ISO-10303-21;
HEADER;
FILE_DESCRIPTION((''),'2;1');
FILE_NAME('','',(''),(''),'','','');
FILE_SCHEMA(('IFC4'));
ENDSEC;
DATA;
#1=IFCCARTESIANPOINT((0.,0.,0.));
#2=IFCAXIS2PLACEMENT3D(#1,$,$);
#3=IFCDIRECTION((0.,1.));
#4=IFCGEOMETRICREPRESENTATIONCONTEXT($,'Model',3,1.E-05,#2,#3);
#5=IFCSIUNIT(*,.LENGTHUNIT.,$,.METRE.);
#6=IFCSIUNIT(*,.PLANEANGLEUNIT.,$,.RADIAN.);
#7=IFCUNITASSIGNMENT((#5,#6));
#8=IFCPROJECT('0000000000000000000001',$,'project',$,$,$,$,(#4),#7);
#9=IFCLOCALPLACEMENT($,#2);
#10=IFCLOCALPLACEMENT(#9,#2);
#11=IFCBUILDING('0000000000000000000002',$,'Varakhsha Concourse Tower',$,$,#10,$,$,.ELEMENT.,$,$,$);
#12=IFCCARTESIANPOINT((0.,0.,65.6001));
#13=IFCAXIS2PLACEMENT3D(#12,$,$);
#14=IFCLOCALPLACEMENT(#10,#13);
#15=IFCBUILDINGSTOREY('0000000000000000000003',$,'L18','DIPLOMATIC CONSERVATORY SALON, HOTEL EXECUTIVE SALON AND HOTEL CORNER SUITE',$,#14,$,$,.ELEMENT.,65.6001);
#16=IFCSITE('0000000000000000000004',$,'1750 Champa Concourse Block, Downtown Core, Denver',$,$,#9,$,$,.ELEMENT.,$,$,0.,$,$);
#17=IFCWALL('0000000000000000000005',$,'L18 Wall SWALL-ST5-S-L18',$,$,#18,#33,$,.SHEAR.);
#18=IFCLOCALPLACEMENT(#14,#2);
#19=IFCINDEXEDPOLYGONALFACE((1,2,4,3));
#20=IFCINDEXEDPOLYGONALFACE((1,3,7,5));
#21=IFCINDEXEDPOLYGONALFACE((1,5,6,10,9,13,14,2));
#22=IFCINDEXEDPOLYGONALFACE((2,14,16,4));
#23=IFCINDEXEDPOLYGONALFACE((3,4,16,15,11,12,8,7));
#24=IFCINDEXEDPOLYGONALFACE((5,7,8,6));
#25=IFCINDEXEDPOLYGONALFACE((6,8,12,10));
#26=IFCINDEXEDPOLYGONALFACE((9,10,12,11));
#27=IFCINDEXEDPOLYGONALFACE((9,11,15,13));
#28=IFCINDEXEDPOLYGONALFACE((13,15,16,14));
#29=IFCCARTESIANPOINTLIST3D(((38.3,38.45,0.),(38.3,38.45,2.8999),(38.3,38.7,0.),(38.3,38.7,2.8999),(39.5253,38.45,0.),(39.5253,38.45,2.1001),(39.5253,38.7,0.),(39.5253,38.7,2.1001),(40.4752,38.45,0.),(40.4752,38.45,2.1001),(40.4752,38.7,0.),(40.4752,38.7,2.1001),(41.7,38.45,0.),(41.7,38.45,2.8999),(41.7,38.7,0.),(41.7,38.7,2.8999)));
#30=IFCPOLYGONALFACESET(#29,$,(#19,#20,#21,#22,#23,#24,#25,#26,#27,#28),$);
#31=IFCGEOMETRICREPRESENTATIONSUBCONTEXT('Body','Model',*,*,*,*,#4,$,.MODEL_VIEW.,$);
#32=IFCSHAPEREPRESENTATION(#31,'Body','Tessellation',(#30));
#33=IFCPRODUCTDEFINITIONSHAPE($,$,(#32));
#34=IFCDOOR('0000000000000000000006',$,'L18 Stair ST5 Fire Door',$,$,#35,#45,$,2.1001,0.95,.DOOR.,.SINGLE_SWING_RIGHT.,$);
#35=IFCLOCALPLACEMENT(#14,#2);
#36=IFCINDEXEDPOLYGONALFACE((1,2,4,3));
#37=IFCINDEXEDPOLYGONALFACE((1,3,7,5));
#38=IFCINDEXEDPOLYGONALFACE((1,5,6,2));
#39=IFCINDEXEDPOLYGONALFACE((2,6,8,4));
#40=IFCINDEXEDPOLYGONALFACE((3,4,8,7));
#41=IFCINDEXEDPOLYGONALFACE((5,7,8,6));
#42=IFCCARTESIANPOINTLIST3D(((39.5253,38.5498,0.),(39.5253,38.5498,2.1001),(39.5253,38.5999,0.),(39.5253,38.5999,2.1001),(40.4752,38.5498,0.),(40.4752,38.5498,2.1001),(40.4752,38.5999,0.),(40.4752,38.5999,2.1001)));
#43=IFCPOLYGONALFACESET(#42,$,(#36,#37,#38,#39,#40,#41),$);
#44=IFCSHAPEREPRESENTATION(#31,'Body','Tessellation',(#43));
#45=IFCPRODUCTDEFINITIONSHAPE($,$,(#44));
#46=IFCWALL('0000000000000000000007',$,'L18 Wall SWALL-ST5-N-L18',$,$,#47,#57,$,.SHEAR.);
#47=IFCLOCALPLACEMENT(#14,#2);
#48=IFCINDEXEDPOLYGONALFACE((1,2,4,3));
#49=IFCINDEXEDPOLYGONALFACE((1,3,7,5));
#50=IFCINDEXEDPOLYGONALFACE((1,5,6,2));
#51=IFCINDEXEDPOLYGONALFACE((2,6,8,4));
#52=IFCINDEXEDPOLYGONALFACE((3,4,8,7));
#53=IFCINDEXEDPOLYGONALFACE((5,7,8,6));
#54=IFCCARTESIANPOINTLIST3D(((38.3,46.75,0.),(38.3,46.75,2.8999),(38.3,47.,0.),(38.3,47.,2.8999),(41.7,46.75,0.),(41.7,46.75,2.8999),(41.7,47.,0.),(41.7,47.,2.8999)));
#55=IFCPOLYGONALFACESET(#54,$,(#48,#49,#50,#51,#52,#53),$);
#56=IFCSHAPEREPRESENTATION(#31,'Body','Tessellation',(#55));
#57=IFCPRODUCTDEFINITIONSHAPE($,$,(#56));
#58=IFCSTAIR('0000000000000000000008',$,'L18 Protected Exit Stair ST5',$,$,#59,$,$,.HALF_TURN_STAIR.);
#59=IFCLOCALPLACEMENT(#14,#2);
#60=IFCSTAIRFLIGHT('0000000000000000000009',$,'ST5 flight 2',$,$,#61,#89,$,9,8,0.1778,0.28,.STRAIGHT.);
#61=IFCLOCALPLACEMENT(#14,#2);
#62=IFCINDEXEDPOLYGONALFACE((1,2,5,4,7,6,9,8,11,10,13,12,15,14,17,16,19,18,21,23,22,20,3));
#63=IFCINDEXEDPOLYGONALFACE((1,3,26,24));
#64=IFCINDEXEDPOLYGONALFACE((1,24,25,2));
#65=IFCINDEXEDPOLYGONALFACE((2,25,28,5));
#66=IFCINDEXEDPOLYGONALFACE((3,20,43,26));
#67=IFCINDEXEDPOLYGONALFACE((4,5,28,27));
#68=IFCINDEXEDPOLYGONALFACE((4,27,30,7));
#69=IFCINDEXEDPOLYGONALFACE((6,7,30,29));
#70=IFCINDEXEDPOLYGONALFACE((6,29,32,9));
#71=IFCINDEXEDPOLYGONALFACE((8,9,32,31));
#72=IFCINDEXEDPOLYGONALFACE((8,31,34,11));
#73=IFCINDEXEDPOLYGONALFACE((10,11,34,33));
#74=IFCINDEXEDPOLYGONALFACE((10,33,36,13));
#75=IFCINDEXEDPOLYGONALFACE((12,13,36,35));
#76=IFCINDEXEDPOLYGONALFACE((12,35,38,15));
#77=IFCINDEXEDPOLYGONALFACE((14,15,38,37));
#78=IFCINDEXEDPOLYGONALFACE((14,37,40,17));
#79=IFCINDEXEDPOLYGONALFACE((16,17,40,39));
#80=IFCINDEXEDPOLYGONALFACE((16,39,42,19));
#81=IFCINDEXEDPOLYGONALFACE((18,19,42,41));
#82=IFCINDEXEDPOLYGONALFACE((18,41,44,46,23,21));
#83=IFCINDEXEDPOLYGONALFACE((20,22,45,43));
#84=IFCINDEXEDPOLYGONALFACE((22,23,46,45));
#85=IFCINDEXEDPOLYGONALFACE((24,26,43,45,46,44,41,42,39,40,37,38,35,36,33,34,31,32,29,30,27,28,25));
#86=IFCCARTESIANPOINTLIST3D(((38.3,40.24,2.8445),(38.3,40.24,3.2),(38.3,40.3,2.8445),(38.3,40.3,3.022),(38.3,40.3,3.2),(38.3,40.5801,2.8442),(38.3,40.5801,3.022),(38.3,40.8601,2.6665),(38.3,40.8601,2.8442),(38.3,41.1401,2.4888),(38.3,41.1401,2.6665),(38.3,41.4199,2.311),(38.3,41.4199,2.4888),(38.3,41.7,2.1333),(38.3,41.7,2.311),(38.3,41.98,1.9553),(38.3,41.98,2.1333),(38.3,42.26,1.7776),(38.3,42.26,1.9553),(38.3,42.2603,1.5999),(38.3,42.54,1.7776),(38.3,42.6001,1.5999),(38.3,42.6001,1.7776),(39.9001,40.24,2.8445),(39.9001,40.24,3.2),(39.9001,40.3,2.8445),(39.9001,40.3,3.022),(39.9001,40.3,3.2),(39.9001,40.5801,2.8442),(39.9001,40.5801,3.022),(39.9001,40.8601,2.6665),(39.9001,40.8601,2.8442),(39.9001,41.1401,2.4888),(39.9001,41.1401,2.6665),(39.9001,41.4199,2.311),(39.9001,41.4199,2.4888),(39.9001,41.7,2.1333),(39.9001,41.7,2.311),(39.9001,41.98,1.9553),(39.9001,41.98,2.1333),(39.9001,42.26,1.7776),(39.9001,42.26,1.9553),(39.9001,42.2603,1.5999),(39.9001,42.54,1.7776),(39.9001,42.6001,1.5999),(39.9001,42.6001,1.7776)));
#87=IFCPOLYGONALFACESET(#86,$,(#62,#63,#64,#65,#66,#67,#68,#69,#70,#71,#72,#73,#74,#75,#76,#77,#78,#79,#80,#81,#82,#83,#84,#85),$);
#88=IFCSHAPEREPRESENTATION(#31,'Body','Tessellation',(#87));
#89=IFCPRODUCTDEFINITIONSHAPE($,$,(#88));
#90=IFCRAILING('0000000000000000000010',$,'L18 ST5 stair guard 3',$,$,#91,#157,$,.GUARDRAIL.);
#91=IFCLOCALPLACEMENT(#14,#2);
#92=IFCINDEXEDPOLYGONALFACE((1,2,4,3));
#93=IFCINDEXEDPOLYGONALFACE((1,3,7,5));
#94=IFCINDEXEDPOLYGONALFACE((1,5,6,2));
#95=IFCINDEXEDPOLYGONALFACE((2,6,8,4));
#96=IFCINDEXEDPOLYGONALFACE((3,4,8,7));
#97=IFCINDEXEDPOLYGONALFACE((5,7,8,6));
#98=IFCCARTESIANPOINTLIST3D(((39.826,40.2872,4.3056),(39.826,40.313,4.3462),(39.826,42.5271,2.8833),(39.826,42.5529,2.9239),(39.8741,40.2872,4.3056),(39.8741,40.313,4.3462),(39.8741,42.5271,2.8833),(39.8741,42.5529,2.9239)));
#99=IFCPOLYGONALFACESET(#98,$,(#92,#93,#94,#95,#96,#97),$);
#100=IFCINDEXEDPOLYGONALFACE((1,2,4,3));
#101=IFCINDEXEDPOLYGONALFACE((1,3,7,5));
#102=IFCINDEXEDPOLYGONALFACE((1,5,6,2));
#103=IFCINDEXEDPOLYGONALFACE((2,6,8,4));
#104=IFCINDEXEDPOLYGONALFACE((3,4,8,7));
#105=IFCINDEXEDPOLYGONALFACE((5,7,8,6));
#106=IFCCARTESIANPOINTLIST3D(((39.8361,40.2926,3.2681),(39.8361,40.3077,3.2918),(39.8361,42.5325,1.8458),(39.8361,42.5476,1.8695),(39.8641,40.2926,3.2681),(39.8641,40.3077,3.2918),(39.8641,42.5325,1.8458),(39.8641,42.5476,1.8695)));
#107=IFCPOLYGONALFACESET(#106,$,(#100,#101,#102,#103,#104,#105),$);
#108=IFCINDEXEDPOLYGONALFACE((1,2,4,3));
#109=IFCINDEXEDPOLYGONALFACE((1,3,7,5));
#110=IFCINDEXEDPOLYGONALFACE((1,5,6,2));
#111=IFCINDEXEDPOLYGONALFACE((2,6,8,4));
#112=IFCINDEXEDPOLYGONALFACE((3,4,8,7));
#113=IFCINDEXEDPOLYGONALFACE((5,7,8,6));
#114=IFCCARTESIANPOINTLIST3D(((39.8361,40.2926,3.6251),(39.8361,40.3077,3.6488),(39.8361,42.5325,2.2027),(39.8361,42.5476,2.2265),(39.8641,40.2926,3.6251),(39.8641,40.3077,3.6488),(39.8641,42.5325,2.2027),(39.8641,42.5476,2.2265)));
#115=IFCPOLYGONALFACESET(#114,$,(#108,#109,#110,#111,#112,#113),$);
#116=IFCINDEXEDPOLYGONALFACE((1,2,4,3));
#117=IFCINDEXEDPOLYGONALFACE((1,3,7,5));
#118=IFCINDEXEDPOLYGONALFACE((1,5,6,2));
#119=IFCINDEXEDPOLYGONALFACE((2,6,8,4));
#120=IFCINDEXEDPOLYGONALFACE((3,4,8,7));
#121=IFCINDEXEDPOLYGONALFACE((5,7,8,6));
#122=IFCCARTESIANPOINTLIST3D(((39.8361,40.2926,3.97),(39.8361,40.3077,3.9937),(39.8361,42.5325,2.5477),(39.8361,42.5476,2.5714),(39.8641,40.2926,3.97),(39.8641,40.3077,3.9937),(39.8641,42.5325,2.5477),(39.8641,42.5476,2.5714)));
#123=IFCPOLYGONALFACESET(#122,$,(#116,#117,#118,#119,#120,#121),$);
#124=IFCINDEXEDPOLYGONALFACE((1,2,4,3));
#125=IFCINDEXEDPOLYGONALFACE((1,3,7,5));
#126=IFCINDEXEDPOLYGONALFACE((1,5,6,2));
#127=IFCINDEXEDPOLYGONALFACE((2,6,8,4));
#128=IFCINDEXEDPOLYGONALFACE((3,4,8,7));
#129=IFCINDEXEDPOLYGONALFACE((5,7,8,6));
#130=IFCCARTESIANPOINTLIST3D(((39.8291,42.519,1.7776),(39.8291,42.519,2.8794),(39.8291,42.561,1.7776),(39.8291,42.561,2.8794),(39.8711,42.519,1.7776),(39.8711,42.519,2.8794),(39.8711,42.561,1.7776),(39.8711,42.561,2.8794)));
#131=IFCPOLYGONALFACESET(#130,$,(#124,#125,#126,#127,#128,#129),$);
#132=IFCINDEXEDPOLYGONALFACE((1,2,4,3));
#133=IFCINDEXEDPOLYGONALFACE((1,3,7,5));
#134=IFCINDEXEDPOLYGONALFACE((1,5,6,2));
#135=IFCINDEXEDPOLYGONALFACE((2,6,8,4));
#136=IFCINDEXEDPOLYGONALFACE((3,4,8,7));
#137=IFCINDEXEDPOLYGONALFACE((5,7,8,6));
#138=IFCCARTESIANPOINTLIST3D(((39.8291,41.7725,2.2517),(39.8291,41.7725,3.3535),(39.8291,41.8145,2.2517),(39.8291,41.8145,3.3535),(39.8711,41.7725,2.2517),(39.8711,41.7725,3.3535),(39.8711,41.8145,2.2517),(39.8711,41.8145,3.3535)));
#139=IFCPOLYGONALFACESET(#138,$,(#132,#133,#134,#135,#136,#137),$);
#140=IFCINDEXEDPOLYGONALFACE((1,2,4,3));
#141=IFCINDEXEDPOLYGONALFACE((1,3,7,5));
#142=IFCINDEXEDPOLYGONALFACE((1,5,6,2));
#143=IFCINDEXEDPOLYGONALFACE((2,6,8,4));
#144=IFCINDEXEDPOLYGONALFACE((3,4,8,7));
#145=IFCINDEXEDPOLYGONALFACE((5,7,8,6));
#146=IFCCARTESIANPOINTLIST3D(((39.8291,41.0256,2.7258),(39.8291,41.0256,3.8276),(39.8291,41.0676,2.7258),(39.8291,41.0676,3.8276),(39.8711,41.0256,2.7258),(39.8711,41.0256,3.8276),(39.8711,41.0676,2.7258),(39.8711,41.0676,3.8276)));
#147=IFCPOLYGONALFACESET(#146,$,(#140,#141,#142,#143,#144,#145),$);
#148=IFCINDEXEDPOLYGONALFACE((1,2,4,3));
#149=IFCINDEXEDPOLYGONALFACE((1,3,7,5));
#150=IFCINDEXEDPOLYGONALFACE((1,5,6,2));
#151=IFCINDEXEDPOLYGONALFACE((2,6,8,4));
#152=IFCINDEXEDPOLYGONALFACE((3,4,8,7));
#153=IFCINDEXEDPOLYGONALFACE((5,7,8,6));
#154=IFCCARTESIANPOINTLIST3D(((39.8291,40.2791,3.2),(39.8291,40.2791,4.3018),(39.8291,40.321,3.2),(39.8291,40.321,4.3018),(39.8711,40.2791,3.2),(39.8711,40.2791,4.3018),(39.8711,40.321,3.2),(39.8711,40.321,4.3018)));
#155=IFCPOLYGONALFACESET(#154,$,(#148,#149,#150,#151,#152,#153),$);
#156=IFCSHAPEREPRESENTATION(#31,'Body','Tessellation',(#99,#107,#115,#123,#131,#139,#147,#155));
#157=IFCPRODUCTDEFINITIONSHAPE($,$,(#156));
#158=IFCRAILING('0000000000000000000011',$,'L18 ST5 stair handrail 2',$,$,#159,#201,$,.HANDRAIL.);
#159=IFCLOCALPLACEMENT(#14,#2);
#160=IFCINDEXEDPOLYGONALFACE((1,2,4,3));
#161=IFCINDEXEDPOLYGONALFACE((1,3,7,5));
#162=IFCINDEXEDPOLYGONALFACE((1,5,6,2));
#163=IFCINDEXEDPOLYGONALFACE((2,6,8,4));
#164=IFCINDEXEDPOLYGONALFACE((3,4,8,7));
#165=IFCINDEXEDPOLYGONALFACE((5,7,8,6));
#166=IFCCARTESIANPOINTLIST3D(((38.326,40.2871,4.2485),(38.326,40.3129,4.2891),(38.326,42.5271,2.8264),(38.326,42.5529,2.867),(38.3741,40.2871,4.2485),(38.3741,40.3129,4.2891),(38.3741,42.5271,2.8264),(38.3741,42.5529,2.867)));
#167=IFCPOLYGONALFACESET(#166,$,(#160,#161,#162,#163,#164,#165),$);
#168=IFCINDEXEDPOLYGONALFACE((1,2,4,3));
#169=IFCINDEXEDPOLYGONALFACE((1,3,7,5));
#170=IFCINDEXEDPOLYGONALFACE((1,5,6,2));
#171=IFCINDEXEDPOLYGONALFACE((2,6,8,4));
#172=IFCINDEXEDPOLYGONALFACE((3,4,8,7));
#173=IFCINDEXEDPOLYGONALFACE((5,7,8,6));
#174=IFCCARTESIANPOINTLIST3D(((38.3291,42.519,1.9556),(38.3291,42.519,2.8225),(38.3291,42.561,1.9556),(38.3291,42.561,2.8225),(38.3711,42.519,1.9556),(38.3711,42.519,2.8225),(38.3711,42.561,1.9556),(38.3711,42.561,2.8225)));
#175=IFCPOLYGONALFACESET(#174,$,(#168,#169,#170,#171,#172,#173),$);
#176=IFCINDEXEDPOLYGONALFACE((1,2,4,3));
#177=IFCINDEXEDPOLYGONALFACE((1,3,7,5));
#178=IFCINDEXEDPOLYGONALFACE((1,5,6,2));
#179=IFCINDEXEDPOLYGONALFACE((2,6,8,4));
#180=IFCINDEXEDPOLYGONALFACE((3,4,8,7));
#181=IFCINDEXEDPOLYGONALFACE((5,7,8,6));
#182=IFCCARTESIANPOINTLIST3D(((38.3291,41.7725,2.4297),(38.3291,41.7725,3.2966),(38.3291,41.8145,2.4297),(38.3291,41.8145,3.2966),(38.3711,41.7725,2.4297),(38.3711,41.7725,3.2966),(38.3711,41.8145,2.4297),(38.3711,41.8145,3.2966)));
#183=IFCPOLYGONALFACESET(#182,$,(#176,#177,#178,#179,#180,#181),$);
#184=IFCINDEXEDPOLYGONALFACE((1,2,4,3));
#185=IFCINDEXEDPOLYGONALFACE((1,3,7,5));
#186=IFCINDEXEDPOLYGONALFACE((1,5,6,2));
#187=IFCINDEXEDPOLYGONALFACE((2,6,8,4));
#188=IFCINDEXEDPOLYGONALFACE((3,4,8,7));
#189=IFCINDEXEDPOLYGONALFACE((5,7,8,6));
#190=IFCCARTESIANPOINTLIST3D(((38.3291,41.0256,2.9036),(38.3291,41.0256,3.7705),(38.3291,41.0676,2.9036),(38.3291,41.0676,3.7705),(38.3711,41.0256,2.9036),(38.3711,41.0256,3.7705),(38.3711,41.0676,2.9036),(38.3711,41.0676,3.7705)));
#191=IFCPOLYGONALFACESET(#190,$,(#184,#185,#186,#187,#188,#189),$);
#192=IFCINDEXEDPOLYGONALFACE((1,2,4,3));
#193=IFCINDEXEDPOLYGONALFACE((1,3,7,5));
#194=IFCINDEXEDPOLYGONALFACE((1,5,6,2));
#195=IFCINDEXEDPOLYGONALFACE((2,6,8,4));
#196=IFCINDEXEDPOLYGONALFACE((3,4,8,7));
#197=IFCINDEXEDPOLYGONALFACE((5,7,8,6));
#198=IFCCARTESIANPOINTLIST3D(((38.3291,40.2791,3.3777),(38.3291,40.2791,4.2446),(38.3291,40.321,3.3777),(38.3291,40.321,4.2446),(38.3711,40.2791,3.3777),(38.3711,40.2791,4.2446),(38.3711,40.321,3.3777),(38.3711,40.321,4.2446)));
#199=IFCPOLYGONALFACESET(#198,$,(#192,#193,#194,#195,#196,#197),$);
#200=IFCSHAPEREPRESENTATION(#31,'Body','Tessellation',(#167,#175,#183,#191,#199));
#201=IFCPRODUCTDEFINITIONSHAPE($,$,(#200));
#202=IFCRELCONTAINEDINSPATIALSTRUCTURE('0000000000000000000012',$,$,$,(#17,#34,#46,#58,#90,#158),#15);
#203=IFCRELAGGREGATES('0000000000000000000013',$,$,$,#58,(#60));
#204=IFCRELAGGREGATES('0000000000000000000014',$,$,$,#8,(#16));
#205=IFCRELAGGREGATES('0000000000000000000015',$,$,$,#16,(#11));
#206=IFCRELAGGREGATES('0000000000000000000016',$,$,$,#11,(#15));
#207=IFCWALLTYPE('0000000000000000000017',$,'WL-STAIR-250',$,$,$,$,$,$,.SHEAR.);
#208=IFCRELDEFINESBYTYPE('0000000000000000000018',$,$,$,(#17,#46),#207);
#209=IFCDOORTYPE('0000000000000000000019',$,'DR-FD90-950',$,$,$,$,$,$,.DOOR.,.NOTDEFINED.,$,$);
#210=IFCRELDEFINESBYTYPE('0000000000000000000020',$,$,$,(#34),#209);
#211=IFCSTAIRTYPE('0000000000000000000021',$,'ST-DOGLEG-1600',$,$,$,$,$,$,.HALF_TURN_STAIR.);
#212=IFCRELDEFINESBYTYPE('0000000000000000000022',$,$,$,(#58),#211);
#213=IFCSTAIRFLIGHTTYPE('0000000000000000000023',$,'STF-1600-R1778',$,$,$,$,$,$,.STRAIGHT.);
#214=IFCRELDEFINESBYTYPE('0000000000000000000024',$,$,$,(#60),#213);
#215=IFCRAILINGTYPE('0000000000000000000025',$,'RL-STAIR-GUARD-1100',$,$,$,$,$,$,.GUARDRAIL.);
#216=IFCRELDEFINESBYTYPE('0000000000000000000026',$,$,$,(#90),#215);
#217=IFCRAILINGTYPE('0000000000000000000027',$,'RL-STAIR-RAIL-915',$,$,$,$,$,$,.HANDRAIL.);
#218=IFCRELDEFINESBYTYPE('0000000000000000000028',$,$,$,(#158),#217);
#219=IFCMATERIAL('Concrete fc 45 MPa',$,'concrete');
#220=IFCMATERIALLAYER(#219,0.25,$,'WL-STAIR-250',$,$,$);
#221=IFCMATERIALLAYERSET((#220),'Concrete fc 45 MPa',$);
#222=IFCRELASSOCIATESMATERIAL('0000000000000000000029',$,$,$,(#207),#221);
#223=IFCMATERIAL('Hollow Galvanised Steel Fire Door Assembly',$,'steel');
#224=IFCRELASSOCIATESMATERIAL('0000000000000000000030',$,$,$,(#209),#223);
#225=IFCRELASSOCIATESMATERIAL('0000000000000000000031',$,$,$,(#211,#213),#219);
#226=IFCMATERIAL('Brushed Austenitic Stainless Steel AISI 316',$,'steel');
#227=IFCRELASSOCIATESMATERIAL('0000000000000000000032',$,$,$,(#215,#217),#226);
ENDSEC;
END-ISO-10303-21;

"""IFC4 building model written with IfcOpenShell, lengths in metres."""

from ifc_helpers import new_model, si_unit, direction, frame, frame_2d, origin, origin_2d, place, context, subcontext, project, spatial, polyline, rectangle, outline, extrude, material, layer, layer_set, type_object, element, fill, aggregate, save


model = new_model("IFC4")

# Units and contexts
model_context = context("Model", 3, precision=1e-05, world=origin(), true_north=direction((0.0, 1.0)))
body_context = subcontext(model_context, "Body", "Model", "MODEL_VIEW")
ifc_project = project(units=[si_unit("LENGTHUNIT", "METRE"), si_unit("PLANEANGLEUNIT", "RADIAN")], contexts=[model_context])

# Site, building, storey
site_placement = place(None, origin())
site = spatial("IfcSite", under=ifc_project, at=site_placement, Name="1750 Champa Concourse Block, Downtown Core, Denver", CompositionType="ELEMENT", RefElevation=0.0)
building_placement = place(site_placement, origin())
building = spatial("IfcBuilding", under=site, at=building_placement, Name="Varakhsha Concourse Tower", CompositionType="ELEMENT")
storey_placement = place(building_placement, frame((0.0, 0.0, 65.6001)))
storey = spatial("IfcBuildingStorey", under=building, at=storey_placement, Name="L18", Description="DIPLOMATIC CONSERVATORY SALON, HOTEL EXECUTIVE SALON AND HOTEL CORNER SUITE", CompositionType="ELEMENT", Elevation=65.6001)

# Shared definitions
ifc_material_1 = material(Name="Concrete fc 45 MPa", Category="concrete")

# Shared definitions
ifc_material_2 = material(Name="Hollow Galvanised Steel Fire Door Assembly", Category="steel")

# Shared definitions
ifc_layer_1 = layer(ifc_material_1, 0.25, Name="WL-STAIR-250")
ifc_layer_set_1 = layer_set([ifc_layer_1], Name="Concrete fc 45 MPa")
wall_type_1 = type_object("IfcWallType", Name="WL-STAIR-250", PredefinedType="SHEAR", material=ifc_layer_set_1)

# Wall, opening, door
wall_1_placement = place(storey_placement, frame((38.3, 38.575, 0.0), z_axis=(0.0, 0.0, 1.0), x_axis=(1.0, 0.0, 0.0)))
wall_1 = element("IfcWall", 1, at=wall_1_placement, inside=storey, type_object=wall_type_1, Name="L18 Wall SWALL-ST5-S-L18", PredefinedType="SHEAR", context=body_context, shape_type="SweptSolid", body=[
    extrude(rectangle(XDim=3.3999, YDim=0.25, at=frame_2d((1.7, 0.0))), origin(), (0.0, 0.0, 1.0), 2.8999),
])
opening_1_placement = place(wall_1_placement, frame((1.2251, 0.0, 0.0)))
opening_1 = element("IfcOpeningElement", 2, at=opening_1_placement, cuts=wall_1, PredefinedType="OPENING", context=body_context, shape_type="SweptSolid", body=[
    extrude(rectangle(XDim=0.95, YDim=2.1001, at=frame_2d((0.4751, 1.05))), frame((0.0, 0.135, 0.0), z_axis=(0.0, -1.0, 0.0), x_axis=(1.0, 0.0, 0.0)), (0.0, 0.0, 1.0), 0.27),
])
door_type_1 = type_object("IfcDoorType", Name="DR-FD90-950", OperationType="NOTDEFINED", PredefinedType="DOOR", material=ifc_material_2)
door_1_placement = place(opening_1_placement, origin())
door_1 = element("IfcDoor", 3, at=door_1_placement, inside=storey, type_object=door_type_1, Name="L18 Stair ST5 Fire Door", OperationType="SINGLE_SWING_RIGHT", OverallHeight=2.1001, OverallWidth=0.95, PredefinedType="DOOR", context=body_context, shape_type="SweptSolid", body=[
    extrude(rectangle(XDim=0.95, YDim=2.1001, at=frame_2d((0.4751, 1.05))), frame((0.0, 0.0249, 0.0), z_axis=(0.0, -1.0, 0.0), x_axis=(1.0, 0.0, 0.0)), (0.0, 0.0, 1.0), 0.05),
])
fill(opening_1, door_1)

# Wall
wall_2_placement = place(storey_placement, frame((38.3, 46.875, 0.0), z_axis=(0.0, 0.0, 1.0), x_axis=(1.0, 0.0, 0.0)))
element("IfcWall", 4, at=wall_2_placement, inside=storey, type_object=wall_type_1, Name="L18 Wall SWALL-ST5-N-L18", PredefinedType="SHEAR", context=body_context, shape_type="SweptSolid", body=[
    extrude(rectangle(XDim=3.3999, YDim=0.25, at=frame_2d((1.7, 0.0))), origin(), (0.0, 0.0, 1.0), 2.8999),
])

# Stair, stair flight
stair_type = type_object("IfcStairType", Name="ST-DOGLEG-1600", PredefinedType="HALF_TURN_STAIR", material=ifc_material_1)
stair_placement = place(storey_placement, origin())
stair = element("IfcStair", 5, at=stair_placement, inside=storey, type_object=stair_type, Name="L18 Protected Exit Stair ST5", PredefinedType="HALF_TURN_STAIR")
stair_flight_type = type_object("IfcStairFlightType", Name="STF-1600-R1778", PredefinedType="STRAIGHT", material=ifc_material_1)
stair_flight_placement = place(storey_placement, frame((39.1001, 42.54, 1.5999), z_axis=(0.0, 0.0, 1.0), x_axis=(0.0, -1.0, 0.0)))
stair_flight = element("IfcStairFlight", 6, at=stair_flight_placement, type_object=stair_flight_type, Name="ST5 flight 2", NumberOfRisers=9, NumberOfTreads=8, PredefinedType="STRAIGHT", RiserHeight=0.1778, TreadLength=0.28, context=body_context, shape_type="SweptSolid", body=[
    extrude(outline(polyline([(-0.0601, 0.0), (-0.0601, 0.1777), (0.0, 0.1777), (0.28, 0.1777), (0.28, 0.3555), (0.5601, 0.3555), (0.5601, 0.5334), (0.8401, 0.5334), (0.8401, 0.7112), (1.1201, 0.7112), (1.1201, 0.8889), (1.3999, 0.8889), (1.3999, 1.0667), (1.6799, 1.0667), (1.6799, 1.2444), (1.96, 1.2444), (1.96, 1.4221), (2.24, 1.4221), (2.24, 1.6001), (2.3, 1.6001), (2.3, 1.2446), (2.24, 1.2446), (0.2798, 0.0), (-0.0601, 0.0)])), frame((0.0, 0.8, 0.0), z_axis=(0.0, -1.0, 0.0), x_axis=(1.0, 0.0, 0.0)), (0.0, 0.0, 1.0), 1.6001),
])
aggregate(stair, [stair_flight])

# Railings
ifc_material_3 = material(Name="Brushed Austenitic Stainless Steel AISI 316", Category="steel")
railing_type_1 = type_object("IfcRailingType", Name="RL-STAIR-GUARD-1100", PredefinedType="GUARDRAIL", material=ifc_material_3)
railing_1_placement = place(storey_placement, frame((39.8501, 42.54, 1.7776)))
element("IfcRailing", 7, at=railing_1_placement, inside=storey, type_object=railing_type_1, Name="L18 ST5 stair guard 3", PredefinedType="GUARDRAIL", context=body_context, shape_type="SweptSolid", body=[
    extrude(rectangle(XDim=0.0481, YDim=0.0481, at=origin_2d()), frame((0.0, 0.0, 1.126), z_axis=(0.0, -0.844188, 0.536048), x_axis=(1.0, 0.0, 0.0)), (0.0, 0.0, 1.0), 2.6533),
    extrude(rectangle(XDim=0.0281, YDim=0.0281, at=origin_2d()), frame((0.0, 0.0, 0.0801), z_axis=(0.0, -0.844188, 0.536048), x_axis=(1.0, 0.0, 0.0)), (0.0, 0.0, 1.0), 2.6533),
    extrude(rectangle(XDim=0.0281, YDim=0.0281, at=origin_2d()), frame((0.0, 0.0, 0.437), z_axis=(0.0, -0.844188, 0.536048), x_axis=(1.0, 0.0, 0.0)), (0.0, 0.0, 1.0), 2.6533),
    extrude(rectangle(XDim=0.0281, YDim=0.0281, at=origin_2d()), frame((0.0, 0.0, 0.782), z_axis=(0.0, -0.844188, 0.536048), x_axis=(1.0, 0.0, 0.0)), (0.0, 0.0, 1.0), 2.6533),
    extrude(rectangle(XDim=0.042, YDim=0.042, at=origin_2d()), origin(), (0.0, 0.0, 1.0), 1.1018),
    extrude(rectangle(XDim=0.042, YDim=0.042, at=origin_2d()), frame((0.0, -0.7466, 0.4741)), (0.0, 0.0, 1.0), 1.1018),
    extrude(rectangle(XDim=0.042, YDim=0.042, at=origin_2d()), frame((0.0, -1.4934, 0.9482)), (0.0, 0.0, 1.0), 1.1018),
    extrude(rectangle(XDim=0.042, YDim=0.042, at=origin_2d()), frame((0.0, -2.24, 1.4224)), (0.0, 0.0, 1.0), 1.1018),
])
railing_type_2 = type_object("IfcRailingType", Name="RL-STAIR-RAIL-915", PredefinedType="HANDRAIL", material=ifc_material_3)
railing_2_placement = place(storey_placement, frame((38.3501, 42.54, 1.9556)))
element("IfcRailing", 8, at=railing_2_placement, inside=storey, type_object=railing_type_2, Name="L18 ST5 stair handrail 2", PredefinedType="HANDRAIL", context=body_context, shape_type="SweptSolid", body=[
    extrude(rectangle(XDim=0.0481, YDim=0.0481, at=origin_2d()), frame((0.0, 0.0, 0.8911), z_axis=(0.0, -0.844229, 0.535982), x_axis=(1.0, 0.0, 0.0)), (0.0, 0.0, 1.0), 2.6533),
    extrude(rectangle(XDim=0.042, YDim=0.042, at=origin_2d()), origin(), (0.0, 0.0, 1.0), 0.8669),
    extrude(rectangle(XDim=0.042, YDim=0.042, at=origin_2d()), frame((0.0, -0.7466, 0.4741)), (0.0, 0.0, 1.0), 0.8669),
    extrude(rectangle(XDim=0.042, YDim=0.042, at=origin_2d()), frame((0.0, -1.4934, 0.948)), (0.0, 0.0, 1.0), 0.8669),
    extrude(rectangle(XDim=0.042, YDim=0.042, at=origin_2d()), frame((0.0, -2.24, 1.4221)), (0.0, 0.0, 1.0), 0.8669),
])

save(model, "model.ifc")
